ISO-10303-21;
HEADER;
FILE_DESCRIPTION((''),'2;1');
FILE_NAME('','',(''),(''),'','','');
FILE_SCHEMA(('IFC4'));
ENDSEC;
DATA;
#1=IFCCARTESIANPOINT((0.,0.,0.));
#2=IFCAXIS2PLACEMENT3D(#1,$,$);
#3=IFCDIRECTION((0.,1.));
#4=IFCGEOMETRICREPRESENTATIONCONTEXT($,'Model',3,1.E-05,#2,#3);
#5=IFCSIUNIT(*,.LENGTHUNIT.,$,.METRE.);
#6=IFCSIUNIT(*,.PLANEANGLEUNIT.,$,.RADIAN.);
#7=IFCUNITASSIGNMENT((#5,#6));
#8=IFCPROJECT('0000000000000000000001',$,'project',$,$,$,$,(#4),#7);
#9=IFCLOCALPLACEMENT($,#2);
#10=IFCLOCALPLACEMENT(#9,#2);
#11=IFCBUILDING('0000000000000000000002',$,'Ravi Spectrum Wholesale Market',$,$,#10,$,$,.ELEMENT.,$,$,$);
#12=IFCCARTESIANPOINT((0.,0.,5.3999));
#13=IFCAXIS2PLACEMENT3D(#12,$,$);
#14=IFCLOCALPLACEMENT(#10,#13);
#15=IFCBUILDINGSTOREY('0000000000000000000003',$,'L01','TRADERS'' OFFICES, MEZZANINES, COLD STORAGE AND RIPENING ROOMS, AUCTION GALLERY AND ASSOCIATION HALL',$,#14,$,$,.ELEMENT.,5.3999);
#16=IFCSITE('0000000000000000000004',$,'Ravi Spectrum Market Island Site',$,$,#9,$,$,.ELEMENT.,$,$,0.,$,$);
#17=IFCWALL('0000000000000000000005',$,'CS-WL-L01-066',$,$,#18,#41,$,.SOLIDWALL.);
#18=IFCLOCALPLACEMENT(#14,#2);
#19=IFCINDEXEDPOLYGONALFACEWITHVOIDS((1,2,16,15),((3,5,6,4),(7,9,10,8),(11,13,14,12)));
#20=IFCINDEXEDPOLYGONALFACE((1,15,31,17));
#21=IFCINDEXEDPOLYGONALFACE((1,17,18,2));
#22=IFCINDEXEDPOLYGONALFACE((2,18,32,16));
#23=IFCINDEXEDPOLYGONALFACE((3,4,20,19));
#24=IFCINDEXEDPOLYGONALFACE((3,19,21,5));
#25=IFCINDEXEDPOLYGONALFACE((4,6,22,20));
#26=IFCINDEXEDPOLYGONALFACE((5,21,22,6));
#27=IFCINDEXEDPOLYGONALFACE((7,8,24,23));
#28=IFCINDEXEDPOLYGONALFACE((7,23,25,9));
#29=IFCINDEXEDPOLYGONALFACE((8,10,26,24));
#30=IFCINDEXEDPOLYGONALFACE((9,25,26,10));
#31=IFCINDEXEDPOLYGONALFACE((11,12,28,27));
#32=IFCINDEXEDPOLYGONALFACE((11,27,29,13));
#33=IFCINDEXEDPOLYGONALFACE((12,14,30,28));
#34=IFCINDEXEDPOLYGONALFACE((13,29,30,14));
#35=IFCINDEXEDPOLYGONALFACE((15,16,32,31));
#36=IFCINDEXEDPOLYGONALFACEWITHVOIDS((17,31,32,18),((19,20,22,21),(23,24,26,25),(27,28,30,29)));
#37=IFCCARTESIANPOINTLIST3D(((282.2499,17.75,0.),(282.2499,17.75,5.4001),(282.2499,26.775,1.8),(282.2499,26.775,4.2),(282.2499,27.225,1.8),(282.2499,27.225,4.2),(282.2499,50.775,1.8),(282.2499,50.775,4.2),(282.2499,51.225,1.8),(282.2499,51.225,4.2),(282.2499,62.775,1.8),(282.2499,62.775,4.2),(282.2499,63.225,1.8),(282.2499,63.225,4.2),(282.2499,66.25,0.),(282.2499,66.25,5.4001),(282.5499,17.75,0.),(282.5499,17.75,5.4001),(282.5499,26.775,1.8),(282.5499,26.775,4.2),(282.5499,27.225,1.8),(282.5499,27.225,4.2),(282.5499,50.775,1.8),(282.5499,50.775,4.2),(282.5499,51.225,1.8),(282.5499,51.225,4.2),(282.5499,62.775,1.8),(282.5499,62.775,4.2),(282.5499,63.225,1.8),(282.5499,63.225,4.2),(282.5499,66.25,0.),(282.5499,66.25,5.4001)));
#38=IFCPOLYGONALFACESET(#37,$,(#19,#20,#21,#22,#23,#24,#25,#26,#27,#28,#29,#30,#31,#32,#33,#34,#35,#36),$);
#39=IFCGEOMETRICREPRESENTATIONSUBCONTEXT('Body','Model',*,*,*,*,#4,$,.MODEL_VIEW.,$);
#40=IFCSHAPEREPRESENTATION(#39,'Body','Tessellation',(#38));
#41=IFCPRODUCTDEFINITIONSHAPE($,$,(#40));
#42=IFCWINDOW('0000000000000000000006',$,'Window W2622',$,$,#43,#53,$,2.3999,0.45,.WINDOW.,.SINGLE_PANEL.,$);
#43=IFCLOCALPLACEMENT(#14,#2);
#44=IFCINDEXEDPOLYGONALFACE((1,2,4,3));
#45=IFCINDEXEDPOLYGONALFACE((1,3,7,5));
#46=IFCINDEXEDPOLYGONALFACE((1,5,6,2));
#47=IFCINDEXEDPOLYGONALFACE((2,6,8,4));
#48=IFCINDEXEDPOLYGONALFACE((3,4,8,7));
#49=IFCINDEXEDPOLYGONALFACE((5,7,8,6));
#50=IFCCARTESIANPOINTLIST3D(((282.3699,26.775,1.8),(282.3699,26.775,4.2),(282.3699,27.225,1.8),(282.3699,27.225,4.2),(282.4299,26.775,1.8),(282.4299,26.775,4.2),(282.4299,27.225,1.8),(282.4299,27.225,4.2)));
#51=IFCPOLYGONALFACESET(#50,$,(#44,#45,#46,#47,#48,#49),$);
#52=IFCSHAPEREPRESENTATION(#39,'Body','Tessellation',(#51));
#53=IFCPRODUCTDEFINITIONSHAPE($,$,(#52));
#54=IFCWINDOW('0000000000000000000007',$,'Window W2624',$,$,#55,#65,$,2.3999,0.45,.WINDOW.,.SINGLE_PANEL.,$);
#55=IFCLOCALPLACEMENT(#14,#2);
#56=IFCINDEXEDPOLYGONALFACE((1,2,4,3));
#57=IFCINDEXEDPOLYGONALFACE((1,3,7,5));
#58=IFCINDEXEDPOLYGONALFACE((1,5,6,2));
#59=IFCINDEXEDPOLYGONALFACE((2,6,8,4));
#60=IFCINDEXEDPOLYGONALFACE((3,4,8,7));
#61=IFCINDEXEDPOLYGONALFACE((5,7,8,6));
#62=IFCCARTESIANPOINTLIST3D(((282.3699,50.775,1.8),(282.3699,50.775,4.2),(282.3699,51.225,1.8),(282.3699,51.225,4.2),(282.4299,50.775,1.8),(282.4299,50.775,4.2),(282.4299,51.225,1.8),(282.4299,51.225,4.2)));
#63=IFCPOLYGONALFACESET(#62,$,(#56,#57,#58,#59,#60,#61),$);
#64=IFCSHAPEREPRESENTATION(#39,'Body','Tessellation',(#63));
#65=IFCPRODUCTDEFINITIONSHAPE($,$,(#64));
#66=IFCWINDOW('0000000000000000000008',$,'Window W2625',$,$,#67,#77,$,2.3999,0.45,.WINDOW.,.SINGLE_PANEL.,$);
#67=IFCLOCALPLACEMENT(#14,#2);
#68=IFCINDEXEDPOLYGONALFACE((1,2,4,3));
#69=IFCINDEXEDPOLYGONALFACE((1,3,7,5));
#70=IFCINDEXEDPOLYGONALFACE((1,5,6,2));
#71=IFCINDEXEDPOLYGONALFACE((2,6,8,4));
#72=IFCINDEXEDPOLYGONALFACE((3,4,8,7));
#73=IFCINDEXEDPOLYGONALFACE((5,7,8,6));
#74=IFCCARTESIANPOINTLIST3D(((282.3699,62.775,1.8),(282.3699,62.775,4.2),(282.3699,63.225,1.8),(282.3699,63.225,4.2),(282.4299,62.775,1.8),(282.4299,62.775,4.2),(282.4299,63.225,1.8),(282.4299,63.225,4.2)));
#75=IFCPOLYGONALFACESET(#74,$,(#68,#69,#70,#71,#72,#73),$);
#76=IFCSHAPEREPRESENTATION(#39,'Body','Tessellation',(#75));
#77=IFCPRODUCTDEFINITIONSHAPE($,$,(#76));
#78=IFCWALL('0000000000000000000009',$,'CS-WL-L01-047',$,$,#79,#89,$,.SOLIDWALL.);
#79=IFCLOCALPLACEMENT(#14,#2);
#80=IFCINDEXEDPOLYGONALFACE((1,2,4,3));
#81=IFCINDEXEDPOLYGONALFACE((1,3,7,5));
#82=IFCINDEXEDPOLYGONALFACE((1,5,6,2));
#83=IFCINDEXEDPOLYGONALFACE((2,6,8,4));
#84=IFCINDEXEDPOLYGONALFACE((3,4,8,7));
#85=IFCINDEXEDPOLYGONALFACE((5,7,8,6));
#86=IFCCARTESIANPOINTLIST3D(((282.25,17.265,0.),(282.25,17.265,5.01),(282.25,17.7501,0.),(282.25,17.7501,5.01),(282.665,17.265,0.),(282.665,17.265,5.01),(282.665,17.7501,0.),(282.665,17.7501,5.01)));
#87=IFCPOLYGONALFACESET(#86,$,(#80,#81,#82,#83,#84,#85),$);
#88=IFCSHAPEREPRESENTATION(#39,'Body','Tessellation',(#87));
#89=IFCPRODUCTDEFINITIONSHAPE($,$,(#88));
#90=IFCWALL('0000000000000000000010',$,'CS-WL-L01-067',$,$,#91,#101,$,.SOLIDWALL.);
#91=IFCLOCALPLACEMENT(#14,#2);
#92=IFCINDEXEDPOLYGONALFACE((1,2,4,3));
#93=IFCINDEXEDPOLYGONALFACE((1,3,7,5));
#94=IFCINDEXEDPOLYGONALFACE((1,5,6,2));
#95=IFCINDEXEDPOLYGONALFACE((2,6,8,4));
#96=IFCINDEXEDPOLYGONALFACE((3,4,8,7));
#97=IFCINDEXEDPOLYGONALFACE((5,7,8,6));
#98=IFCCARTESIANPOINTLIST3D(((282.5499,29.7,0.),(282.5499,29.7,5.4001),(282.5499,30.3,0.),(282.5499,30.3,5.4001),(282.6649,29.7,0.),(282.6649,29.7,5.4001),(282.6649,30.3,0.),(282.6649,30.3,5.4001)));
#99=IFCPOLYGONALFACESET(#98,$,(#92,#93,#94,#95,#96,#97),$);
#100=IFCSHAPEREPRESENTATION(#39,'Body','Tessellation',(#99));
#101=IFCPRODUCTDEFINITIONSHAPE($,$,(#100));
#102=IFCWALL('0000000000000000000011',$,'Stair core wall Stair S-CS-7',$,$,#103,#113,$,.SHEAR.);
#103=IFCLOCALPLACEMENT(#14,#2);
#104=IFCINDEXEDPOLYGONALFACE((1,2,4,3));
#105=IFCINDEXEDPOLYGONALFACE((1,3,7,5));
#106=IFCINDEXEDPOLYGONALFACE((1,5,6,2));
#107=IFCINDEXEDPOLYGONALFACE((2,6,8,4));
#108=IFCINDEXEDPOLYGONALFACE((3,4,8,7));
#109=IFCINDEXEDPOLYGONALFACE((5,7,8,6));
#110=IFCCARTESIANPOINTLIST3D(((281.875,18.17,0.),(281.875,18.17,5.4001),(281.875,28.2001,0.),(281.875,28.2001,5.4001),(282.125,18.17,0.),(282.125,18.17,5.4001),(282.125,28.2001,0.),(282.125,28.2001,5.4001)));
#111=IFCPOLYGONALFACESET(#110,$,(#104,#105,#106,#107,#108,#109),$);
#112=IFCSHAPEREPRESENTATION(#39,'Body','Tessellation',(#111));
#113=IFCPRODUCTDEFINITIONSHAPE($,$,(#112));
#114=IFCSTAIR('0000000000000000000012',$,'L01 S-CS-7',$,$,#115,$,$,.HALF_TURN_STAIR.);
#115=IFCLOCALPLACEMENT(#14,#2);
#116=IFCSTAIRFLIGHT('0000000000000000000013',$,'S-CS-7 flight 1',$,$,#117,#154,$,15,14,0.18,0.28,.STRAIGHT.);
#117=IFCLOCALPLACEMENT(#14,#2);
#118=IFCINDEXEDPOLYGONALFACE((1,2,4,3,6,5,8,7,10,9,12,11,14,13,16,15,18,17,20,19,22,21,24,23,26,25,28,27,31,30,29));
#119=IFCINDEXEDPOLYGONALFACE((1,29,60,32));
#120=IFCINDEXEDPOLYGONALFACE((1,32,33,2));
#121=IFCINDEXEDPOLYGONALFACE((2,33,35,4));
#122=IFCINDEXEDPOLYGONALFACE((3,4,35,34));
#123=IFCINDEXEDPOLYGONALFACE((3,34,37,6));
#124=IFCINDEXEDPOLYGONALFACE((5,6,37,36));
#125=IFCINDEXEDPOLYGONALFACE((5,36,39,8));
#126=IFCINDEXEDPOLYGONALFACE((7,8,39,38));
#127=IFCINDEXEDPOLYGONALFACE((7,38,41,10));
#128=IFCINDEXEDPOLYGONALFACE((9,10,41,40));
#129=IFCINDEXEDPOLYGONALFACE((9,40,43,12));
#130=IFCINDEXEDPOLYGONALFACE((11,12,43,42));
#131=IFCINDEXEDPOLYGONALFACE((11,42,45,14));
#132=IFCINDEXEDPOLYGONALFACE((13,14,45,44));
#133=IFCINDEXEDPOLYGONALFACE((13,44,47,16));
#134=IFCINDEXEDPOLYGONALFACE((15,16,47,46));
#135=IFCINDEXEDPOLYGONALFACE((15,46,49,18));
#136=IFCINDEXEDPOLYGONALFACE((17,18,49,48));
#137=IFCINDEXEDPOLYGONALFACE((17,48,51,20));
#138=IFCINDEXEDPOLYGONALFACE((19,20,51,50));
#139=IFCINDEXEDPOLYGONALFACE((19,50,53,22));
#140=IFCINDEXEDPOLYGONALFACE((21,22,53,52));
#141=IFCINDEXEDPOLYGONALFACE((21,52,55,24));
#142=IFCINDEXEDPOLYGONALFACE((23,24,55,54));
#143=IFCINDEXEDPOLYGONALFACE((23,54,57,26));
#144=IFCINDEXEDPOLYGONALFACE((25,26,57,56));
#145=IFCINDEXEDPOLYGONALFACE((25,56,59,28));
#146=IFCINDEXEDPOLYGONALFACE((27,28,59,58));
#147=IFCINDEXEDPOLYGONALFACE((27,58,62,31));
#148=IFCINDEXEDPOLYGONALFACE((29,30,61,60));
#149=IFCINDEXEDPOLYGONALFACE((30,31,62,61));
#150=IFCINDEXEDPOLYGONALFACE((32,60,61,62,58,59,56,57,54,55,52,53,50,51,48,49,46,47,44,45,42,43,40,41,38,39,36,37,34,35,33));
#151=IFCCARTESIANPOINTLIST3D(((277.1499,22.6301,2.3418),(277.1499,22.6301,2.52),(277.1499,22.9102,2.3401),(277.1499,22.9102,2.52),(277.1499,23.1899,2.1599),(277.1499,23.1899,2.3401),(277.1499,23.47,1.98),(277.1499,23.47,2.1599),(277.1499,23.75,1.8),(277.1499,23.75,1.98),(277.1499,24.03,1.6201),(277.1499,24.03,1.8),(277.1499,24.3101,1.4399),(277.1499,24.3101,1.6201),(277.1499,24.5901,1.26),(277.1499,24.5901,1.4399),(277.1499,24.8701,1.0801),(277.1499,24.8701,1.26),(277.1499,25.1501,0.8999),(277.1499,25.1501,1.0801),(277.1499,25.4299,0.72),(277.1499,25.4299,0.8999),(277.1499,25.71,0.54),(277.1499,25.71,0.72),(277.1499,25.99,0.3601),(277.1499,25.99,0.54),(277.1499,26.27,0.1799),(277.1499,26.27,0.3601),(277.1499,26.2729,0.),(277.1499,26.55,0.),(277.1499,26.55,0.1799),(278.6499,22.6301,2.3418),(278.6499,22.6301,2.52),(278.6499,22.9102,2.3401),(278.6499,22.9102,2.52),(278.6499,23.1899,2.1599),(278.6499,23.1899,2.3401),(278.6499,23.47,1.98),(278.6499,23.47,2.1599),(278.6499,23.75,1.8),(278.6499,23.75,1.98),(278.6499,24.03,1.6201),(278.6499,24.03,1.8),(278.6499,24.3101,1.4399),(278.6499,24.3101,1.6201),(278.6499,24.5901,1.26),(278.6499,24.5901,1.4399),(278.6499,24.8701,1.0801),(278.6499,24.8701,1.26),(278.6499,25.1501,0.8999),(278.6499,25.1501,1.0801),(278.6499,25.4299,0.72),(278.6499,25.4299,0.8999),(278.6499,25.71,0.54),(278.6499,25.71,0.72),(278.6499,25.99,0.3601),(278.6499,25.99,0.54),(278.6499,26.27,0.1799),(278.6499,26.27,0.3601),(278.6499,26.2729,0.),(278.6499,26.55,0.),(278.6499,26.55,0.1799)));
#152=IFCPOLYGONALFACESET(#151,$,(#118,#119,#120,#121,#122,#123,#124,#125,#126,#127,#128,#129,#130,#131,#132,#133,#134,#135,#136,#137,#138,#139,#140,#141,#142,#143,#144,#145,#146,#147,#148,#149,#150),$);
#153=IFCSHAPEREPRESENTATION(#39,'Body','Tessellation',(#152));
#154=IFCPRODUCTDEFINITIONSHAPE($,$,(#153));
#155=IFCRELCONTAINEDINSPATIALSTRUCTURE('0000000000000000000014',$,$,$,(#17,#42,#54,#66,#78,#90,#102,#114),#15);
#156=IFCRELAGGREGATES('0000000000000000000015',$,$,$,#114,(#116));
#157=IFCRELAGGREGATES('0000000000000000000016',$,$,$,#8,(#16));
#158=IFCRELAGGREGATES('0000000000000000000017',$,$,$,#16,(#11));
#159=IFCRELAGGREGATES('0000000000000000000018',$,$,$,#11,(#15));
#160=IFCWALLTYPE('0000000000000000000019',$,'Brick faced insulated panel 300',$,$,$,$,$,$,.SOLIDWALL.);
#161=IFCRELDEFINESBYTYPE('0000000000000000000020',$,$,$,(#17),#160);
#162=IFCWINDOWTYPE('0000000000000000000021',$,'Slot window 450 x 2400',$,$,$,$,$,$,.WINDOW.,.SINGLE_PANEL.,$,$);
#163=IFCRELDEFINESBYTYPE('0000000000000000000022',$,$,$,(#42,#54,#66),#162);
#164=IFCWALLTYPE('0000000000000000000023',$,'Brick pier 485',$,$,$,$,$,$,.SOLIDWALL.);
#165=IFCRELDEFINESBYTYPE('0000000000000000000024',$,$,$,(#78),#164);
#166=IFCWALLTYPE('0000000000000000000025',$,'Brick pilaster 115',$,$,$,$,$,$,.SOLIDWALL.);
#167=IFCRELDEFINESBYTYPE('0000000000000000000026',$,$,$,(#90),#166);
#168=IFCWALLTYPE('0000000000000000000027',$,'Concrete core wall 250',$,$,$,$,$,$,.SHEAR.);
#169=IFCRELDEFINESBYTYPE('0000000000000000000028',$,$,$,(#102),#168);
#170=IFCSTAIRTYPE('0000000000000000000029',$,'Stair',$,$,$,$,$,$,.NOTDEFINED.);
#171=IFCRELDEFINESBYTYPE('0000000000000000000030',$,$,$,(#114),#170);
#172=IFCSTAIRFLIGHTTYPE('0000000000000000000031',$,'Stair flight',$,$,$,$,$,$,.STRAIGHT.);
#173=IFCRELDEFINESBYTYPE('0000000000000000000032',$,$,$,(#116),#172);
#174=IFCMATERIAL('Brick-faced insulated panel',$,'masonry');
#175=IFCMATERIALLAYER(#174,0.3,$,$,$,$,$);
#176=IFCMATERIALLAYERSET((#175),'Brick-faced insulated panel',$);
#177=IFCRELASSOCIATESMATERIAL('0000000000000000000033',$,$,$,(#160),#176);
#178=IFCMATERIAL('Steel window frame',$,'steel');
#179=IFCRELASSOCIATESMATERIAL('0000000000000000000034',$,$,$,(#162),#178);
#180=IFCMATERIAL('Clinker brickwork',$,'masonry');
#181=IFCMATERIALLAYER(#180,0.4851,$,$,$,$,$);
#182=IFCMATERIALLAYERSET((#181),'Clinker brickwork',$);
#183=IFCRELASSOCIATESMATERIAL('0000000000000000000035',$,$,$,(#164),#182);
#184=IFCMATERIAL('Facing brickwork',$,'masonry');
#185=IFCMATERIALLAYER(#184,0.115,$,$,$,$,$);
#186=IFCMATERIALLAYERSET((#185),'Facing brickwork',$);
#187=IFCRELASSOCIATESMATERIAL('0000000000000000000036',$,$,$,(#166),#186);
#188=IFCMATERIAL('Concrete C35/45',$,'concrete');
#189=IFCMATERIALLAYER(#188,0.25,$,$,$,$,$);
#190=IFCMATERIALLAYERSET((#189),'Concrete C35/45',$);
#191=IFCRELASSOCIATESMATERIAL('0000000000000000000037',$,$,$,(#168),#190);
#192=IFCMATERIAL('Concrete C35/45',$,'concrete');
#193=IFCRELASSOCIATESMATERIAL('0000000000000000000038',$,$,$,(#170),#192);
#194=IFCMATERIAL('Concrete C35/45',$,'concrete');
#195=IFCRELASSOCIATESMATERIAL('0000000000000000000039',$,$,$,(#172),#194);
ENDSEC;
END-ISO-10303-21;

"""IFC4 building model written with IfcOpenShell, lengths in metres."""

from ifc_helpers import new_model, si_unit, direction, frame, frame_2d, origin, place, context, subcontext, project, spatial, polyline, rectangle, outline, extrude, material, layer, layer_set, type_object, element, fill, aggregate, save


model = new_model("IFC4")

# Units and contexts
model_context = context("Model", 3, precision=1e-05, world=origin(), true_north=direction((0.0, 1.0)))
body_context = subcontext(model_context, "Body", "Model", "MODEL_VIEW")
ifc_project = project(units=[si_unit("LENGTHUNIT", "METRE"), si_unit("PLANEANGLEUNIT", "RADIAN")], contexts=[model_context])

# Site, building, storey
site_placement = place(None, origin())
site = spatial("IfcSite", under=ifc_project, at=site_placement, Name="Ravi Spectrum Market Island Site", CompositionType="ELEMENT", RefElevation=0.0)
building_placement = place(site_placement, origin())
building = spatial("IfcBuilding", under=site, at=building_placement, Name="Ravi Spectrum Wholesale Market", CompositionType="ELEMENT")
storey_placement = place(building_placement, frame((0.0, 0.0, 5.3999)))
storey = spatial("IfcBuildingStorey", under=building, at=storey_placement, Name="L01", Description="TRADERS' OFFICES, MEZZANINES, COLD STORAGE AND RIPENING ROOMS, AUCTION GALLERY AND ASSOCIATION HALL", CompositionType="ELEMENT", Elevation=5.3999)

# Wall, openings, windows
ifc_material_1 = material(Name="Brick-faced insulated panel", Category="masonry")
ifc_layer_1 = layer(ifc_material_1, 0.3)
ifc_layer_set_1 = layer_set([ifc_layer_1], Name="Brick-faced insulated panel")
wall_type_1 = type_object("IfcWallType", Name="Brick faced insulated panel 300", PredefinedType="SOLIDWALL", material=ifc_layer_set_1)
wall_1_placement = place(storey_placement, frame((282.3999, 17.75, 0.0), z_axis=(0.0, 0.0, 1.0), x_axis=(0.0, 1.0, 0.0)))
wall_1 = element("IfcWall", 1, at=wall_1_placement, inside=storey, type_object=wall_type_1, Name="CS-WL-L01-066", PredefinedType="SOLIDWALL", context=body_context, shape_type="SweptSolid", body=[
    extrude(rectangle(XDim=48.5, YDim=0.3, at=frame_2d((24.25, 0.0))), origin(), (0.0, 0.0, 1.0), 5.4001),
])
opening_1_placement = place(wall_1_placement, frame((9.0249, 0.0, 1.8)))
opening_1 = element("IfcOpeningElement", 2, at=opening_1_placement, cuts=wall_1, PredefinedType="OPENING", context=body_context, shape_type="SweptSolid", body=[
    extrude(rectangle(XDim=0.45, YDim=2.3999, at=frame_2d((0.2251, 1.2))), frame((0.0, 0.1599, 0.0), z_axis=(0.0, -1.0, 0.0), x_axis=(1.0, 0.0, 0.0)), (0.0, 0.0, 1.0), 0.3201),
])
opening_2_placement = place(wall_1_placement, frame((33.0249, 0.0, 1.8)))
opening_2 = element("IfcOpeningElement", 3, at=opening_2_placement, cuts=wall_1, PredefinedType="OPENING", context=body_context, shape_type="SweptSolid", body=[
    extrude(rectangle(XDim=0.45, YDim=2.3999, at=frame_2d((0.2251, 1.2))), frame((0.0, 0.1599, 0.0), z_axis=(0.0, -1.0, 0.0), x_axis=(1.0, 0.0, 0.0)), (0.0, 0.0, 1.0), 0.3201),
])
opening_3_placement = place(wall_1_placement, frame((45.0249, 0.0, 1.8)))
opening_3 = element("IfcOpeningElement", 4, at=opening_3_placement, cuts=wall_1, PredefinedType="OPENING", context=body_context, shape_type="SweptSolid", body=[
    extrude(rectangle(XDim=0.45, YDim=2.3999, at=frame_2d((0.2251, 1.2))), frame((0.0, 0.1599, 0.0), z_axis=(0.0, -1.0, 0.0), x_axis=(1.0, 0.0, 0.0)), (0.0, 0.0, 1.0), 0.3201),
])
ifc_material_2 = material(Name="Steel window frame", Category="steel")
window_type = type_object("IfcWindowType", Name="Slot window 450 x 2400", PartitioningType="SINGLE_PANEL", PredefinedType="WINDOW", material=ifc_material_2)
window_1_placement = place(opening_1_placement, origin())
window_1 = element("IfcWindow", 5, at=window_1_placement, inside=storey, type_object=window_type, Name="Window W2622", OverallHeight=2.3999, OverallWidth=0.45, PartitioningType="SINGLE_PANEL", PredefinedType="WINDOW", context=body_context, shape_type="SweptSolid", body=[
    extrude(rectangle(XDim=0.45, YDim=2.3999, at=frame_2d((0.2251, 1.2))), frame((0.0, 0.03, 0.0), z_axis=(0.0, -1.0, 0.0), x_axis=(1.0, 0.0, 0.0)), (0.0, 0.0, 1.0), 0.0601),
])
fill(opening_1, window_1)
window_2_placement = place(opening_2_placement, origin())
window_2 = element("IfcWindow", 6, at=window_2_placement, inside=storey, type_object=window_type, Name="Window W2624", OverallHeight=2.3999, OverallWidth=0.45, PartitioningType="SINGLE_PANEL", PredefinedType="WINDOW", context=body_context, shape_type="SweptSolid", body=[
    extrude(rectangle(XDim=0.45, YDim=2.3999, at=frame_2d((0.2251, 1.2))), frame((0.0, 0.03, 0.0), z_axis=(0.0, -1.0, 0.0), x_axis=(1.0, 0.0, 0.0)), (0.0, 0.0, 1.0), 0.0601),
])
fill(opening_2, window_2)
window_3_placement = place(opening_3_placement, origin())
window_3 = element("IfcWindow", 7, at=window_3_placement, inside=storey, type_object=window_type, Name="Window W2625", OverallHeight=2.3999, OverallWidth=0.45, PartitioningType="SINGLE_PANEL", PredefinedType="WINDOW", context=body_context, shape_type="SweptSolid", body=[
    extrude(rectangle(XDim=0.45, YDim=2.3999, at=frame_2d((0.2251, 1.2))), frame((0.0, 0.03, 0.0), z_axis=(0.0, -1.0, 0.0), x_axis=(1.0, 0.0, 0.0)), (0.0, 0.0, 1.0), 0.0601),
])
fill(opening_3, window_3)

# Walls
ifc_material_3 = material(Name="Clinker brickwork", Category="masonry")
ifc_layer_2 = layer(ifc_material_3, 0.4851)
ifc_layer_set_2 = layer_set([ifc_layer_2], Name="Clinker brickwork")
wall_type_2 = type_object("IfcWallType", Name="Brick pier 485", PredefinedType="SOLIDWALL", material=ifc_layer_set_2)
wall_2_placement = place(storey_placement, frame((282.25, 17.5076, 0.0), z_axis=(0.0, 0.0, 1.0), x_axis=(1.0, 0.0, 0.0)))
element("IfcWall", 8, at=wall_2_placement, inside=storey, type_object=wall_type_2, Name="CS-WL-L01-047", PredefinedType="SOLIDWALL", context=body_context, shape_type="SweptSolid", body=[
    extrude(rectangle(XDim=0.415, YDim=0.4851, at=frame_2d((0.2075, 0.0))), origin(), (0.0, 0.0, 1.0), 5.01),
])
ifc_material_4 = material(Name="Facing brickwork", Category="masonry")
ifc_layer_3 = layer(ifc_material_4, 0.115)
ifc_layer_set_3 = layer_set([ifc_layer_3], Name="Facing brickwork")
wall_type_3 = type_object("IfcWallType", Name="Brick pilaster 115", PredefinedType="SOLIDWALL", material=ifc_layer_set_3)
wall_3_placement = place(storey_placement, frame((282.6074, 29.7, 0.0), z_axis=(0.0, 0.0, 1.0), x_axis=(0.0, 1.0, 0.0)))
element("IfcWall", 9, at=wall_3_placement, inside=storey, type_object=wall_type_3, Name="CS-WL-L01-067", PredefinedType="SOLIDWALL", context=body_context, shape_type="SweptSolid", body=[
    extrude(rectangle(XDim=0.6001, YDim=0.115, at=frame_2d((0.3, 0.0))), origin(), (0.0, 0.0, 1.0), 5.4001),
])
ifc_material_5 = material(Name="Concrete C35/45", Category="concrete")
ifc_layer_4 = layer(ifc_material_5, 0.25)
ifc_layer_set_4 = layer_set([ifc_layer_4], Name="Concrete C35/45")
wall_type_4 = type_object("IfcWallType", Name="Concrete core wall 250", PredefinedType="SHEAR", material=ifc_layer_set_4)
wall_4_placement = place(storey_placement, frame((282.0, 18.1699, 0.0), z_axis=(0.0, 0.0, 1.0), x_axis=(0.0, 1.0, 0.0)))
element("IfcWall", 10, at=wall_4_placement, inside=storey, type_object=wall_type_4, Name="Stair core wall Stair S-CS-7", PredefinedType="SHEAR", context=body_context, shape_type="SweptSolid", body=[
    extrude(rectangle(XDim=10.03, YDim=0.25, at=frame_2d((5.0151, 0.0))), origin(), (0.0, 0.0, 1.0), 5.4001),
])

# Stair, stair flight
ifc_material_6 = material(Name="Concrete C35/45", Category="concrete")
stair_type = type_object("IfcStairType", Name="Stair", PredefinedType="NOTDEFINED", material=ifc_material_6)
stair_placement = place(storey_placement, origin())
stair = element("IfcStair", 11, at=stair_placement, inside=storey, type_object=stair_type, Name="L01 S-CS-7", PredefinedType="HALF_TURN_STAIR")
ifc_material_7 = material(Name="Concrete C35/45", Category="concrete")
stair_flight_type = type_object("IfcStairFlightType", Name="Stair flight", PredefinedType="STRAIGHT", material=ifc_material_7)
stair_flight_1_placement = place(storey_placement, frame((277.8999, 26.55, 0.0), z_axis=(0.0, 0.0, 1.0), x_axis=(0.0, -1.0, 0.0)))
stair_flight_1 = element("IfcStairFlight", 12, at=stair_flight_1_placement, type_object=stair_flight_type, Name="S-CS-7 flight 1", NumberOfRisers=15, NumberOfTreads=14, PredefinedType="STRAIGHT", RiserHeight=0.18, TreadLength=0.28, context=body_context, shape_type="SweptSolid", body=[
    extrude(outline(polyline([(0.0, 0.0), (0.0, 0.1799), (0.28, 0.1799), (0.28, 0.3601), (0.5601, 0.3601), (0.5601, 0.54), (0.8401, 0.54), (0.8401, 0.72), (1.1201, 0.72), (1.1201, 0.8999), (1.3999, 0.8999), (1.3999, 1.0801), (1.6799, 1.0801), (1.6799, 1.26), (1.96, 1.26), (1.96, 1.4399), (2.24, 1.4399), (2.24, 1.6201), (2.52, 1.6201), (2.52, 1.8), (2.8, 1.8), (2.8, 1.98), (3.0801, 1.98), (3.0801, 2.1599), (3.3601, 2.1599), (3.3601, 2.3401), (3.6399, 2.3401), (3.6399, 2.52), (3.9199, 2.52), (3.9199, 2.7), (3.9199, 2.3418), (0.2771, 0.0), (0.0, 0.0)])), frame((0.0, 0.75, 0.0), z_axis=(0.0, -1.0, 0.0), x_axis=(1.0, 0.0, 0.0)), (0.0, 0.0, 1.0), 1.5),
])
aggregate(stair, [stair_flight_1])

save(model, "model.ifc")
